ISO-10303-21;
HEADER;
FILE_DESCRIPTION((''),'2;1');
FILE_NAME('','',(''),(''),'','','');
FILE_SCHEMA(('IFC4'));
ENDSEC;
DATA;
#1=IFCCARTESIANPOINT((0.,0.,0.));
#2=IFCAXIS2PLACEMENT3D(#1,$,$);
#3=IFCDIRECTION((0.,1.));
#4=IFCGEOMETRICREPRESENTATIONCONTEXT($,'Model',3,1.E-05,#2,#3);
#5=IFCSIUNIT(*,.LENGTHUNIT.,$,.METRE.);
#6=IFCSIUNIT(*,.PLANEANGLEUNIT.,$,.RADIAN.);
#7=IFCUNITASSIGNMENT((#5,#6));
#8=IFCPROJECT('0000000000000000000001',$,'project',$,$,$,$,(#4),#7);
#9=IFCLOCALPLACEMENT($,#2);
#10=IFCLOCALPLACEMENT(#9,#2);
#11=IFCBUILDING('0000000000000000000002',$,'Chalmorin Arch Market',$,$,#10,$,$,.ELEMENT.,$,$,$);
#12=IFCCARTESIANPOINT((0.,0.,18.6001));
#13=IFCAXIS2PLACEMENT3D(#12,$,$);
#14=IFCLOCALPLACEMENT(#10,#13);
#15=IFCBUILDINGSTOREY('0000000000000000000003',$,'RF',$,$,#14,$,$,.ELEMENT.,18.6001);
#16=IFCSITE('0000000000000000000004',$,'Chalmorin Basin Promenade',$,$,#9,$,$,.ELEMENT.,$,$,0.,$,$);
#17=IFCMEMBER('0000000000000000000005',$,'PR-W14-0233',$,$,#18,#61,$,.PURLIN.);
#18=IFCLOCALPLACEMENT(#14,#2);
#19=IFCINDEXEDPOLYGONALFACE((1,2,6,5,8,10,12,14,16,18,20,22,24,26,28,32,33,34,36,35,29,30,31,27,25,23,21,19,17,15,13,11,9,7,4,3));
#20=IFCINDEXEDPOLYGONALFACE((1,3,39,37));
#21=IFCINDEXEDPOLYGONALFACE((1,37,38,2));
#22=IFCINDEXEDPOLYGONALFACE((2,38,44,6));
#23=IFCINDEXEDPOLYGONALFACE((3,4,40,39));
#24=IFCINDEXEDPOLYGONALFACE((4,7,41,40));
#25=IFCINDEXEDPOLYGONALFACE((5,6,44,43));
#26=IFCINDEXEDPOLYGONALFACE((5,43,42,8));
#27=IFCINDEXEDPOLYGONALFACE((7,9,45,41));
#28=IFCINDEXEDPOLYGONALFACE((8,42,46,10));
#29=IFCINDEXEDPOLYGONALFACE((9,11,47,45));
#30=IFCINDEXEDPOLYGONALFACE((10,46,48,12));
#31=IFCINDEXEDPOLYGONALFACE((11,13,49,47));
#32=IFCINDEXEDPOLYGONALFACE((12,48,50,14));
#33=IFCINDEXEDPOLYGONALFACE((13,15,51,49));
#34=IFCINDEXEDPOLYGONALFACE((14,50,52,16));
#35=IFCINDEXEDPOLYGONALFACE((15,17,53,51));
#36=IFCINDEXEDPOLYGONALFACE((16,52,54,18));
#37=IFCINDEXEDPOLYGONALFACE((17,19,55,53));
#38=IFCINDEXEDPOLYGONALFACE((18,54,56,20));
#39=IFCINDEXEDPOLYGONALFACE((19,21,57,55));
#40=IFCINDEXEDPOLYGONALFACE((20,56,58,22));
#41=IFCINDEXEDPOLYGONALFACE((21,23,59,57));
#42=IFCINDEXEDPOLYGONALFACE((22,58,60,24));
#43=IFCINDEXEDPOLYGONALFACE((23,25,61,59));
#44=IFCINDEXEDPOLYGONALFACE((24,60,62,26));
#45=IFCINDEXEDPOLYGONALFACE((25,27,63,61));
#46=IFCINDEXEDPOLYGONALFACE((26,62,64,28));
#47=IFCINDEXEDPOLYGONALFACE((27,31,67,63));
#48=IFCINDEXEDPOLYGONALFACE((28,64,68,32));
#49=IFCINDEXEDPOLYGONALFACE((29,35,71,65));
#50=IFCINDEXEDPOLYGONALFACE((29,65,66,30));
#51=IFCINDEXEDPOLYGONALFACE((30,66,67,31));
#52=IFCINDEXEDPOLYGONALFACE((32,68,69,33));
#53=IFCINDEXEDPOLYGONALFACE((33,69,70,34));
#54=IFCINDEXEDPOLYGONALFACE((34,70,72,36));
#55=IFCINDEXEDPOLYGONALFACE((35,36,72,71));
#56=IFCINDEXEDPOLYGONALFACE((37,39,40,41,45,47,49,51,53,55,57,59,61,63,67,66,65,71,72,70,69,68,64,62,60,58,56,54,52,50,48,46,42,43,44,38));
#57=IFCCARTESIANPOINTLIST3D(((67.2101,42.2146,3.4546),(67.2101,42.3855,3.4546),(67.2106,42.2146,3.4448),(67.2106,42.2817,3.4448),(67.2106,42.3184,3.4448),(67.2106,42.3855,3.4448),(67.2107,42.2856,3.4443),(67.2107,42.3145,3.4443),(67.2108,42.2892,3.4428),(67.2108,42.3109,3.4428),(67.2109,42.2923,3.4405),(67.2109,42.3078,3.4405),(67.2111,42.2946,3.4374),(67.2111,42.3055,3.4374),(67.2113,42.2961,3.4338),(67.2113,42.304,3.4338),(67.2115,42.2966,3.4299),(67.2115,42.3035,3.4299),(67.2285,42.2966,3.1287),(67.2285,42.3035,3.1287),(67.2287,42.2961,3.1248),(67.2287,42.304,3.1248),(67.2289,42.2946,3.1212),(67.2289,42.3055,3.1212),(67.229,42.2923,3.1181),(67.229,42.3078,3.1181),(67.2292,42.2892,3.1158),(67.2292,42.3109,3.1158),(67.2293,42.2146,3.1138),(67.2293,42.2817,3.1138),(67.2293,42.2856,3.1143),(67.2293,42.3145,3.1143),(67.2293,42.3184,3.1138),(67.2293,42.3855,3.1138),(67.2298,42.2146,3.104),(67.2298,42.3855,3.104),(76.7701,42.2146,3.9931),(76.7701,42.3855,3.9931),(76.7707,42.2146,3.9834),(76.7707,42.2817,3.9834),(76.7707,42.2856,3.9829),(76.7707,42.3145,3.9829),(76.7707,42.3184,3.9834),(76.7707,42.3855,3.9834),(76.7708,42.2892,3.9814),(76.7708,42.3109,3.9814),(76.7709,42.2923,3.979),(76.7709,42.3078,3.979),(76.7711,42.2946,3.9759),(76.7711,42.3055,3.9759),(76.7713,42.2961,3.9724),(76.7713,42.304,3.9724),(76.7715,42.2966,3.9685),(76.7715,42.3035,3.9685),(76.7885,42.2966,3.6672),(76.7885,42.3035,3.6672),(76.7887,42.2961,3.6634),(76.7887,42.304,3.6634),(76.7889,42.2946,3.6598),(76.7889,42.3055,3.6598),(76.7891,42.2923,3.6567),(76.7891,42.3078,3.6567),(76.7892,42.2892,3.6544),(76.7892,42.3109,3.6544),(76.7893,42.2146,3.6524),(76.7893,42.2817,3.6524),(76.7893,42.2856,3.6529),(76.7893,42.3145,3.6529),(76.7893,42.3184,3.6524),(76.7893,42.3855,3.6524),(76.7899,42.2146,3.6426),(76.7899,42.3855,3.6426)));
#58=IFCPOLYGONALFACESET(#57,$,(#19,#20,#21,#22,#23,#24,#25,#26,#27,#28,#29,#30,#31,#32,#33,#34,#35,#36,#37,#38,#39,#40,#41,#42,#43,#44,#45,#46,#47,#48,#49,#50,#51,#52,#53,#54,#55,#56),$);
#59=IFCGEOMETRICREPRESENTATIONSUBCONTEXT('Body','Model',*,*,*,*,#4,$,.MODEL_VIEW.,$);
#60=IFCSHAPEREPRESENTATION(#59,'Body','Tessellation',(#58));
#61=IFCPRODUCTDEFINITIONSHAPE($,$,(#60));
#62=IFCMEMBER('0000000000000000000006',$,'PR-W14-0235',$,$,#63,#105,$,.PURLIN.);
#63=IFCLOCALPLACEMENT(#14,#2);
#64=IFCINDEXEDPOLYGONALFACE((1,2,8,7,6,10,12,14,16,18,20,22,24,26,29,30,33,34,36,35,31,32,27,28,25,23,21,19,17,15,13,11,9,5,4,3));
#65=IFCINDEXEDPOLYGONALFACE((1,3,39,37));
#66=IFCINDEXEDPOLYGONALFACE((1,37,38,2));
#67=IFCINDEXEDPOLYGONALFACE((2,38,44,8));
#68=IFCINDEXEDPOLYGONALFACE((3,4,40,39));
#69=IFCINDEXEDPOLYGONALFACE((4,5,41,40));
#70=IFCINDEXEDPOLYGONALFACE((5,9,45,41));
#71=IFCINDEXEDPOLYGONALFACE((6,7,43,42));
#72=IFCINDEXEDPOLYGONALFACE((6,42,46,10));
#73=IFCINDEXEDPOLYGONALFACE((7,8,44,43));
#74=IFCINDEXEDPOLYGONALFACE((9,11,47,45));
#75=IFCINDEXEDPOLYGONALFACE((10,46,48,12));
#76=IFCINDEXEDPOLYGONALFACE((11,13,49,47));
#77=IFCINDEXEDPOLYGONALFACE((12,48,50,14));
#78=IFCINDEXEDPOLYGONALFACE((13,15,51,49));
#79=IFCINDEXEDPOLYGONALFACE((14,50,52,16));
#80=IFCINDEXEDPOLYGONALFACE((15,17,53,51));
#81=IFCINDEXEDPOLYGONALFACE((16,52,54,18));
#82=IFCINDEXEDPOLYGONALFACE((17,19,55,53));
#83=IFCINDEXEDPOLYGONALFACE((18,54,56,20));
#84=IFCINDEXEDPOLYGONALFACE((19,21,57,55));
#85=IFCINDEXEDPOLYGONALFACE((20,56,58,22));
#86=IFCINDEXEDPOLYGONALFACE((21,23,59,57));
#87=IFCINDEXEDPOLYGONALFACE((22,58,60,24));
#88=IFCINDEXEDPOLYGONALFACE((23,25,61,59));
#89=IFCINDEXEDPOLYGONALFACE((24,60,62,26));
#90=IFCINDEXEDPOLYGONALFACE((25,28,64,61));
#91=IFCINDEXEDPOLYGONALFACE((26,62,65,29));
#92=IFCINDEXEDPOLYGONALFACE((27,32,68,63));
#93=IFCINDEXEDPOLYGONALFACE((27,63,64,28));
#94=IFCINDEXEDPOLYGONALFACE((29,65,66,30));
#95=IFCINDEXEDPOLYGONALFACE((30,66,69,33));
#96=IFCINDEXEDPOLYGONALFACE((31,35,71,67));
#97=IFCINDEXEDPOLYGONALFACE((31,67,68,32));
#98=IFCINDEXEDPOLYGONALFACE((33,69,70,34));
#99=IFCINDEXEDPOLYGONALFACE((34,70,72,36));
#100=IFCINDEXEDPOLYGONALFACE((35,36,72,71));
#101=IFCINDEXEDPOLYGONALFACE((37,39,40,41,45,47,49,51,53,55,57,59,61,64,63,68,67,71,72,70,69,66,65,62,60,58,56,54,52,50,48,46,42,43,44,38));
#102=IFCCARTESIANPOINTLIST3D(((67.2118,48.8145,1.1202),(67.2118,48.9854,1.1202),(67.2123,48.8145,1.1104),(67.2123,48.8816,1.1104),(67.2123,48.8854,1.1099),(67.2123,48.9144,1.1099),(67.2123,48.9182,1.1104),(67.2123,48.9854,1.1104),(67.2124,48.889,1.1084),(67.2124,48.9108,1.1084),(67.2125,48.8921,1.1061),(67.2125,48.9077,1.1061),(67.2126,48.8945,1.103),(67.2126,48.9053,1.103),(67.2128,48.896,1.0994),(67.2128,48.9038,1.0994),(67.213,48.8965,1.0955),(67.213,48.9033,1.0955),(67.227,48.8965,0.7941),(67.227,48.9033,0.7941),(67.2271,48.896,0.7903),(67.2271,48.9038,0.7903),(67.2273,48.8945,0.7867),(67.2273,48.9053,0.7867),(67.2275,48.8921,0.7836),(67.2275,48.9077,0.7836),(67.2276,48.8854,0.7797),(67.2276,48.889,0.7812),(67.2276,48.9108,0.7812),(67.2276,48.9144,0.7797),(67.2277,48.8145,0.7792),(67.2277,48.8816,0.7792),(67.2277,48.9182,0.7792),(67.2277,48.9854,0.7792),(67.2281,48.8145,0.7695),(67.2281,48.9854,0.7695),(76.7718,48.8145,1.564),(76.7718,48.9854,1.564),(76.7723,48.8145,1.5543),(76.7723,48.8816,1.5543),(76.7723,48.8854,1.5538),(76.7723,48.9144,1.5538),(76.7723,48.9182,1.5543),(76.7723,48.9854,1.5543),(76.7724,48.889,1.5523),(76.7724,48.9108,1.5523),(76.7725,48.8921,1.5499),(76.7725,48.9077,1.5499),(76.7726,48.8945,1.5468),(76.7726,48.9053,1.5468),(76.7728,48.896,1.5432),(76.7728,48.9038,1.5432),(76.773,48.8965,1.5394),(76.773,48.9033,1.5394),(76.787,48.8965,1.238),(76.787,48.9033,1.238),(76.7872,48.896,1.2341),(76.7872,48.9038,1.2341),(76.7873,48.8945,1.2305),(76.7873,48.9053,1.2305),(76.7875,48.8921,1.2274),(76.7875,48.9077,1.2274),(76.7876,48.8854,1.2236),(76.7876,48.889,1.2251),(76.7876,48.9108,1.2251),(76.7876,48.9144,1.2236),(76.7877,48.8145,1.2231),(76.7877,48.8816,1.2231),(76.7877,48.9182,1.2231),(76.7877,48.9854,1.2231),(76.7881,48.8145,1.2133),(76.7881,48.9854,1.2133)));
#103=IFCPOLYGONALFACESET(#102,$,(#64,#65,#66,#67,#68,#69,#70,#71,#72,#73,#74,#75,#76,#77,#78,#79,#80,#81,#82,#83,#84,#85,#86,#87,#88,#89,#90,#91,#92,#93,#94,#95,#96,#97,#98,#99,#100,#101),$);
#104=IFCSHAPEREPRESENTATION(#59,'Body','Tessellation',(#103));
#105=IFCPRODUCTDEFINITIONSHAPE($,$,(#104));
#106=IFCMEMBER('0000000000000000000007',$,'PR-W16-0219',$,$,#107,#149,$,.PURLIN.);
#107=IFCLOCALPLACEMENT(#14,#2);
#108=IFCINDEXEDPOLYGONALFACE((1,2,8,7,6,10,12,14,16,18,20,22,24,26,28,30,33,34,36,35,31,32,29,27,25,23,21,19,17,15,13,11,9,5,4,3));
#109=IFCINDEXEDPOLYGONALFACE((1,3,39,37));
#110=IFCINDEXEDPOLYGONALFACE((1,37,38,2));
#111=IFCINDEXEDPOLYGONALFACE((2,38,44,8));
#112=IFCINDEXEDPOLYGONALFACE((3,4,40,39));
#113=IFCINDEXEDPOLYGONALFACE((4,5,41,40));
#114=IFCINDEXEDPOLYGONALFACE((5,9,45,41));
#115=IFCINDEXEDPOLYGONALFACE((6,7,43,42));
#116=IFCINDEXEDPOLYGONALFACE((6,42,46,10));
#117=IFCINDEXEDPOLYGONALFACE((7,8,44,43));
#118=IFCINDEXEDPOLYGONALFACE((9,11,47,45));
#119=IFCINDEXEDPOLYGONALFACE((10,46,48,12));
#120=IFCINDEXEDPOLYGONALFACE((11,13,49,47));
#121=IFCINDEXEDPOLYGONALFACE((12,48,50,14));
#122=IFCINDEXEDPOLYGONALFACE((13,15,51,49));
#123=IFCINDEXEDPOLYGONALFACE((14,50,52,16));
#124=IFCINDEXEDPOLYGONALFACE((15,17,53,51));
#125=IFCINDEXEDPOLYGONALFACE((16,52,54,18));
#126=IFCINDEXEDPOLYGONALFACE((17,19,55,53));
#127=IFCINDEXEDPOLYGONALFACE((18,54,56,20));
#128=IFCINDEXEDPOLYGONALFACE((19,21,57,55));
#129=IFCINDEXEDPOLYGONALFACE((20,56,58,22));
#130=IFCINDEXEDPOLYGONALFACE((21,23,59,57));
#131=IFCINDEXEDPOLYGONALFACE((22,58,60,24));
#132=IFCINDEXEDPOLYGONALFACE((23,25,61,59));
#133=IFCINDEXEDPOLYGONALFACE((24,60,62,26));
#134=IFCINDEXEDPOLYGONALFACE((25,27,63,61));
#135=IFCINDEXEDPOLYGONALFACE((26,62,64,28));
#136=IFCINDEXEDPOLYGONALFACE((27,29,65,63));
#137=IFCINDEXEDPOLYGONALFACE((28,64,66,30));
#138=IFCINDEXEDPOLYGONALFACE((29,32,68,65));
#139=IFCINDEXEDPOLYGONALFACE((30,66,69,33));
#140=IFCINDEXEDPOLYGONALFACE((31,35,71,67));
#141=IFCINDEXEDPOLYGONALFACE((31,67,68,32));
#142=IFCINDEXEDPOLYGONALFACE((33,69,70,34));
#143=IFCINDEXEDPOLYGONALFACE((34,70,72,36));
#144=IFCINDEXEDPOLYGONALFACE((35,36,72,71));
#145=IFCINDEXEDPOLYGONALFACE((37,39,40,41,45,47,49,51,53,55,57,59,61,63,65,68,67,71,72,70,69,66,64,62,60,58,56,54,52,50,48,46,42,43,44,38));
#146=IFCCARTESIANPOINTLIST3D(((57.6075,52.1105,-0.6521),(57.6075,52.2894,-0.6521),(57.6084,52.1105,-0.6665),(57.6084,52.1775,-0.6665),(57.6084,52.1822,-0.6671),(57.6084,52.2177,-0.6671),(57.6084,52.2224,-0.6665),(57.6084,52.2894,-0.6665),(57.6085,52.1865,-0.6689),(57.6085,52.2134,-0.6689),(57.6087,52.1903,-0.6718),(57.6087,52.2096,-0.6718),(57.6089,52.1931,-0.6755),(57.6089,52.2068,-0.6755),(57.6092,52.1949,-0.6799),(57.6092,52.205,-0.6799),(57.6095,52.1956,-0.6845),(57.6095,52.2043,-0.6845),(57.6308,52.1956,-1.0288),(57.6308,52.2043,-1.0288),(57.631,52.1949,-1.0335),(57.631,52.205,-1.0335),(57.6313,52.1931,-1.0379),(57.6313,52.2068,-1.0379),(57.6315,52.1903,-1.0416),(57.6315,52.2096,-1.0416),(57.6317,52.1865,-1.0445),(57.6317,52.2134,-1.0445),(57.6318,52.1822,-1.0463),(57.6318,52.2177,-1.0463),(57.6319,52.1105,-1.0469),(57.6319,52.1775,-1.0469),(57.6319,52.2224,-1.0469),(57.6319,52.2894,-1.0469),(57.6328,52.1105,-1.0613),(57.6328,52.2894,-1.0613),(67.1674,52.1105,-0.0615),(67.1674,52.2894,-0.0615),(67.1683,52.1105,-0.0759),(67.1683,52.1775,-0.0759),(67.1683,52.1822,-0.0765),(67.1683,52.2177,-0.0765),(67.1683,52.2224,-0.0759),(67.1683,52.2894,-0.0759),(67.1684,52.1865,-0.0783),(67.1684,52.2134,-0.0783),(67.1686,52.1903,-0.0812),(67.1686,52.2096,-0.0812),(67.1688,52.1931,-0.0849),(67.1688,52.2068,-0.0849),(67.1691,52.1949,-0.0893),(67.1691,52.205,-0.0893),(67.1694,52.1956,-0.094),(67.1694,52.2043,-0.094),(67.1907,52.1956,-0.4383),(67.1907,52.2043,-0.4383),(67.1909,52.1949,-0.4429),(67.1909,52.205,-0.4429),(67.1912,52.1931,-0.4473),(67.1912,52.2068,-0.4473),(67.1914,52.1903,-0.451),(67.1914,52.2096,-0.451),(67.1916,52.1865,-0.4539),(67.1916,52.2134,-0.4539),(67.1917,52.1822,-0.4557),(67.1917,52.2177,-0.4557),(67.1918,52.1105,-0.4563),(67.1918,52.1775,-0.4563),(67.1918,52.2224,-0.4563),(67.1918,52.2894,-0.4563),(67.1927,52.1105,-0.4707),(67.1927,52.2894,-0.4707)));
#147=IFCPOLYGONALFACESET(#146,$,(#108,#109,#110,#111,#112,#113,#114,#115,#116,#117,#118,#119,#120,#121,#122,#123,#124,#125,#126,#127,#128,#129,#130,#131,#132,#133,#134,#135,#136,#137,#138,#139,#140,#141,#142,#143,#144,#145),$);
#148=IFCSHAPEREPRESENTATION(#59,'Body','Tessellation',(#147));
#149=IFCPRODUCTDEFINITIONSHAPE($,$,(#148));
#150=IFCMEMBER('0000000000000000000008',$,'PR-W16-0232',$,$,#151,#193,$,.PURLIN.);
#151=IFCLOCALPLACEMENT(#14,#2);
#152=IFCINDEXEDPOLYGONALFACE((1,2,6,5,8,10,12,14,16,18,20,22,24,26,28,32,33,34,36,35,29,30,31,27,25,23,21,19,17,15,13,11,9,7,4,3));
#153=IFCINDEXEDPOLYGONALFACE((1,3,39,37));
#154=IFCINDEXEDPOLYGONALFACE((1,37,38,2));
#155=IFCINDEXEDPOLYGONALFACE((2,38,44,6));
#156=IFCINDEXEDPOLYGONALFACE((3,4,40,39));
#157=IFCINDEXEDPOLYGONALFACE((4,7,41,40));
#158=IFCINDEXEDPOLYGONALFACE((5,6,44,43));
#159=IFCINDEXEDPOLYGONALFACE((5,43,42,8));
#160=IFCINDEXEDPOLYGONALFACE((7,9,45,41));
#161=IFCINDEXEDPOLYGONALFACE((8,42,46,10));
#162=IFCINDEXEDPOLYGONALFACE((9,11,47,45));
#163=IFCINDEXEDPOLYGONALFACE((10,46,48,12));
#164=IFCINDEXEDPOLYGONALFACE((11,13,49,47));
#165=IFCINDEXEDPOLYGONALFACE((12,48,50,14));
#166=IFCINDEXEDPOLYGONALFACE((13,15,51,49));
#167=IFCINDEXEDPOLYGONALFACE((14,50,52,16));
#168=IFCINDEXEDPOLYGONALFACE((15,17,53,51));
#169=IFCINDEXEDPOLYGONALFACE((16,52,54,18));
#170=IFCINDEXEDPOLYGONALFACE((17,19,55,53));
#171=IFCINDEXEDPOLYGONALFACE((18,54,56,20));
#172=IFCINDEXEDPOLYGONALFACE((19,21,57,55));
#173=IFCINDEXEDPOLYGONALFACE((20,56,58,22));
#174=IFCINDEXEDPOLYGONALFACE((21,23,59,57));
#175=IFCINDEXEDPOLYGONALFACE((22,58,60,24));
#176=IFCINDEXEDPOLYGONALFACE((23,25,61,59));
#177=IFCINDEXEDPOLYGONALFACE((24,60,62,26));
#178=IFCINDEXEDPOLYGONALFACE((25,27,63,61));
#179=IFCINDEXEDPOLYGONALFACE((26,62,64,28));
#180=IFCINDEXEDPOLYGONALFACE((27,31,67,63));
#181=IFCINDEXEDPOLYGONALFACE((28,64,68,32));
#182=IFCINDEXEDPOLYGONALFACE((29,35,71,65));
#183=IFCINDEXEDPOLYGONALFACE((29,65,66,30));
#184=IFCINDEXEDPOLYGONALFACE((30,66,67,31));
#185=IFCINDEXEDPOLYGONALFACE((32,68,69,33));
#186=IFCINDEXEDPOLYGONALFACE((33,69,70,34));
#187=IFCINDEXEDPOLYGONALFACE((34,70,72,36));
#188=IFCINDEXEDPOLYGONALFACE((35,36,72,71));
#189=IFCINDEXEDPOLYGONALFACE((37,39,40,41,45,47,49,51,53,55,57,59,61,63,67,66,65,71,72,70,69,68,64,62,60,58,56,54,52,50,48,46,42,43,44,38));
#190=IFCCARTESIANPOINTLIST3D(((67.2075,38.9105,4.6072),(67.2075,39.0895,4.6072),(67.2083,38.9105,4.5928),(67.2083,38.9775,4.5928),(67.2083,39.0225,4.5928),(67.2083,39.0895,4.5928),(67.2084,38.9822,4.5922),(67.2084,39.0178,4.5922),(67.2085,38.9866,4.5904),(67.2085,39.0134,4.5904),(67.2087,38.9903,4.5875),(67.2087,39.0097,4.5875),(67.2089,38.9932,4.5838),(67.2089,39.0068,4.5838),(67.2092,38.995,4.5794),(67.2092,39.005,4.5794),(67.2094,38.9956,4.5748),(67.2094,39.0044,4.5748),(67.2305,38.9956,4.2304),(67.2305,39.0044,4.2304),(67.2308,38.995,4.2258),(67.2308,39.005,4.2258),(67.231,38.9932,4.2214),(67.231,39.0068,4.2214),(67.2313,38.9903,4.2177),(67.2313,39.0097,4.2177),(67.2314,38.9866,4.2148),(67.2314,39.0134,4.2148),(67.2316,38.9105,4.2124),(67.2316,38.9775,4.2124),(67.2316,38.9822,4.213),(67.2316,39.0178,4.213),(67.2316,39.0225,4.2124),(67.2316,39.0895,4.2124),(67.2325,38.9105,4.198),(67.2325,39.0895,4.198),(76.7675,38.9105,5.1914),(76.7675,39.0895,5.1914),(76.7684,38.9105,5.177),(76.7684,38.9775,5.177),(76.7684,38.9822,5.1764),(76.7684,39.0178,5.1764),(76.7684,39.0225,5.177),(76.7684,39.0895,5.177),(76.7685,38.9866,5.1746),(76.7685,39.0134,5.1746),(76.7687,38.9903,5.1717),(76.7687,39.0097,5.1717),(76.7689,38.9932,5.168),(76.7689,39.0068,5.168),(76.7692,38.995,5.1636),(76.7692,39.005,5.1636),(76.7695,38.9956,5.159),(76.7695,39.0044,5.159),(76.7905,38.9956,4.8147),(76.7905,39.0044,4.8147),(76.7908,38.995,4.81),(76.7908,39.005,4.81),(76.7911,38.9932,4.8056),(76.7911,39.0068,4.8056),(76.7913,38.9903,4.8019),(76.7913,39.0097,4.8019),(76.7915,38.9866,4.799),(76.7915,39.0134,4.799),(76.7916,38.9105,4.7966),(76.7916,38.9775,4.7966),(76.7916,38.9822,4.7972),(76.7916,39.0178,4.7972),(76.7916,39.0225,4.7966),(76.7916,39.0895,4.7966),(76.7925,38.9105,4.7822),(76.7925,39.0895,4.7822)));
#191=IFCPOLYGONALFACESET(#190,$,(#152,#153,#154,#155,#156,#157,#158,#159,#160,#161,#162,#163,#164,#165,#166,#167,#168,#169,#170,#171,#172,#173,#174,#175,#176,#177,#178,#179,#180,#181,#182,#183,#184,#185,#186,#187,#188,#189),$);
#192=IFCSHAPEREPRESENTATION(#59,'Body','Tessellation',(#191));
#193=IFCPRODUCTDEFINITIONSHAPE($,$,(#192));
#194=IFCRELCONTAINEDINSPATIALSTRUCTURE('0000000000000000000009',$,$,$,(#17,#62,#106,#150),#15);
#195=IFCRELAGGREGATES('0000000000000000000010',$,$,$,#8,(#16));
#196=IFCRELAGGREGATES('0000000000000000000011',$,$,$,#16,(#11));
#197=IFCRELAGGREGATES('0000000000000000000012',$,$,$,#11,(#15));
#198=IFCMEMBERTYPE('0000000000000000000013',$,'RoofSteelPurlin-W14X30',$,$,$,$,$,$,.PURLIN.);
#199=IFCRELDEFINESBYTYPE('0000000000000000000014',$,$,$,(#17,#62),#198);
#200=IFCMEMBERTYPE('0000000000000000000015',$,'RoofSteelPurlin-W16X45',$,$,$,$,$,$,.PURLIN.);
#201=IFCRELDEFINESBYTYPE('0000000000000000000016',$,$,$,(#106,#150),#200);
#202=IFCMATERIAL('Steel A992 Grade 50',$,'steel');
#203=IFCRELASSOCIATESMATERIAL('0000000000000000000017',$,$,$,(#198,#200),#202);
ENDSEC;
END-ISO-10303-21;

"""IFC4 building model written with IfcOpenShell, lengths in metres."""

from ifc_helpers import new_model, si_unit, direction, frame, origin, origin_2d, place, context, subcontext, project, spatial, i_section, extrude, material, material_profile, profile_set, type_object, element, save


model = new_model("IFC4")

# Units and contexts
model_context = context("Model", 3, precision=1e-05, world=origin(), true_north=direction((0.0, 1.0)))
body_context = subcontext(model_context, "Body", "Model", "MODEL_VIEW")
ifc_project = project(units=[si_unit("LENGTHUNIT", "METRE"), si_unit("PLANEANGLEUNIT", "RADIAN")], contexts=[model_context])

# Site, building, storey
site_placement = place(None, origin())
site = spatial("IfcSite", under=ifc_project, at=site_placement, Name="Chalmorin Basin Promenade", CompositionType="ELEMENT", RefElevation=0.0)
building_placement = place(site_placement, origin())
building = spatial("IfcBuilding", under=site, at=building_placement, Name="Chalmorin Arch Market", CompositionType="ELEMENT")
storey_placement = place(building_placement, frame((0.0, 0.0, 18.6001)))
storey = spatial("IfcBuildingStorey", under=building, at=storey_placement, Name="RF", CompositionType="ELEMENT", Elevation=18.6001)

# Members
ifc_material_1 = material(Name="Steel A992 Grade 50", Category="steel")
ifc_material_profile_1 = material_profile(ifc_material_1, i_section(OverallWidth=0.1709, OverallDepth=0.3511, WebThickness=0.0068, FlangeThickness=0.0098, FilletRadius=0.0149, at=origin_2d()), Name="W14X30")
ifc_profile_set_1 = profile_set([ifc_material_profile_1], Name="Steel A992 Grade 50")
member_type_1 = type_object("IfcMemberType", Name="RoofSteelPurlin-W14X30", PredefinedType="PURLIN", material=ifc_profile_set_1)
member_1_placement = place(storey_placement, frame((67.22, 42.3, 3.2793), z_axis=(0.998417, 0.0, 0.056247), x_axis=(0.0, 1.0, 0.0)))
element("IfcMember", 1, at=member_1_placement, inside=storey, type_object=member_type_1, Name="PR-W14-0233", PredefinedType="PURLIN", context=body_context, shape_type="SweptSolid", body=[
    extrude(i_section(OverallWidth=0.1709, OverallDepth=0.3511, WebThickness=0.0068, FlangeThickness=0.0098, FilletRadius=0.0149, at=origin_2d()), origin(), (0.0, 0.0, 1.0), 9.5752),
])
member_2_placement = place(storey_placement, frame((67.22, 48.8999, 0.9448), z_axis=(0.998924, 0.0, 0.046377), x_axis=(0.0, 1.0, 0.0)))
element("IfcMember", 2, at=member_2_placement, inside=storey, type_object=member_type_1, Name="PR-W14-0235", PredefinedType="PURLIN", context=body_context, shape_type="SweptSolid", body=[
    extrude(i_section(OverallWidth=0.1709, OverallDepth=0.3511, WebThickness=0.0068, FlangeThickness=0.0098, FilletRadius=0.0149, at=origin_2d()), origin(), (0.0, 0.0, 1.0), 9.5703),
])
ifc_material_profile_2 = material_profile(ifc_material_1, i_section(OverallWidth=0.179, OverallDepth=0.4099, WebThickness=0.0088, FlangeThickness=0.0144, FilletRadius=0.0181, at=origin_2d()), Name="W16X45")
ifc_profile_set_2 = profile_set([ifc_material_profile_2], Name="Steel A992 Grade 50")
member_type_2 = type_object("IfcMemberType", Name="RoofSteelPurlin-W16X45", PredefinedType="PURLIN", material=ifc_profile_set_2)
member_3_placement = place(storey_placement, frame((57.6201, 52.2, -0.8567), z_axis=(0.998097, 0.0, 0.061659), x_axis=(0.0, 1.0, 0.0)))
element("IfcMember", 3, at=member_3_placement, inside=storey, type_object=member_type_2, Name="PR-W16-0219", PredefinedType="PURLIN", context=body_context, shape_type="SweptSolid", body=[
    extrude(i_section(OverallWidth=0.179, OverallDepth=0.4099, WebThickness=0.0088, FlangeThickness=0.0144, FilletRadius=0.0181, at=origin_2d()), origin(), (0.0, 0.0, 1.0), 9.5781),
])
member_4_placement = place(storey_placement, frame((67.22, 39.0, 4.4026), z_axis=(0.998138, 0.0, 0.060998), x_axis=(0.0, 1.0, 0.0)))
element("IfcMember", 4, at=member_4_placement, inside=storey, type_object=member_type_2, Name="PR-W16-0232", PredefinedType="PURLIN", context=body_context, shape_type="SweptSolid", body=[
    extrude(i_section(OverallWidth=0.179, OverallDepth=0.4099, WebThickness=0.0088, FlangeThickness=0.0144, FilletRadius=0.0181, at=origin_2d()), origin(), (0.0, 0.0, 1.0), 9.5779),
])

save(model, "model.ifc")
